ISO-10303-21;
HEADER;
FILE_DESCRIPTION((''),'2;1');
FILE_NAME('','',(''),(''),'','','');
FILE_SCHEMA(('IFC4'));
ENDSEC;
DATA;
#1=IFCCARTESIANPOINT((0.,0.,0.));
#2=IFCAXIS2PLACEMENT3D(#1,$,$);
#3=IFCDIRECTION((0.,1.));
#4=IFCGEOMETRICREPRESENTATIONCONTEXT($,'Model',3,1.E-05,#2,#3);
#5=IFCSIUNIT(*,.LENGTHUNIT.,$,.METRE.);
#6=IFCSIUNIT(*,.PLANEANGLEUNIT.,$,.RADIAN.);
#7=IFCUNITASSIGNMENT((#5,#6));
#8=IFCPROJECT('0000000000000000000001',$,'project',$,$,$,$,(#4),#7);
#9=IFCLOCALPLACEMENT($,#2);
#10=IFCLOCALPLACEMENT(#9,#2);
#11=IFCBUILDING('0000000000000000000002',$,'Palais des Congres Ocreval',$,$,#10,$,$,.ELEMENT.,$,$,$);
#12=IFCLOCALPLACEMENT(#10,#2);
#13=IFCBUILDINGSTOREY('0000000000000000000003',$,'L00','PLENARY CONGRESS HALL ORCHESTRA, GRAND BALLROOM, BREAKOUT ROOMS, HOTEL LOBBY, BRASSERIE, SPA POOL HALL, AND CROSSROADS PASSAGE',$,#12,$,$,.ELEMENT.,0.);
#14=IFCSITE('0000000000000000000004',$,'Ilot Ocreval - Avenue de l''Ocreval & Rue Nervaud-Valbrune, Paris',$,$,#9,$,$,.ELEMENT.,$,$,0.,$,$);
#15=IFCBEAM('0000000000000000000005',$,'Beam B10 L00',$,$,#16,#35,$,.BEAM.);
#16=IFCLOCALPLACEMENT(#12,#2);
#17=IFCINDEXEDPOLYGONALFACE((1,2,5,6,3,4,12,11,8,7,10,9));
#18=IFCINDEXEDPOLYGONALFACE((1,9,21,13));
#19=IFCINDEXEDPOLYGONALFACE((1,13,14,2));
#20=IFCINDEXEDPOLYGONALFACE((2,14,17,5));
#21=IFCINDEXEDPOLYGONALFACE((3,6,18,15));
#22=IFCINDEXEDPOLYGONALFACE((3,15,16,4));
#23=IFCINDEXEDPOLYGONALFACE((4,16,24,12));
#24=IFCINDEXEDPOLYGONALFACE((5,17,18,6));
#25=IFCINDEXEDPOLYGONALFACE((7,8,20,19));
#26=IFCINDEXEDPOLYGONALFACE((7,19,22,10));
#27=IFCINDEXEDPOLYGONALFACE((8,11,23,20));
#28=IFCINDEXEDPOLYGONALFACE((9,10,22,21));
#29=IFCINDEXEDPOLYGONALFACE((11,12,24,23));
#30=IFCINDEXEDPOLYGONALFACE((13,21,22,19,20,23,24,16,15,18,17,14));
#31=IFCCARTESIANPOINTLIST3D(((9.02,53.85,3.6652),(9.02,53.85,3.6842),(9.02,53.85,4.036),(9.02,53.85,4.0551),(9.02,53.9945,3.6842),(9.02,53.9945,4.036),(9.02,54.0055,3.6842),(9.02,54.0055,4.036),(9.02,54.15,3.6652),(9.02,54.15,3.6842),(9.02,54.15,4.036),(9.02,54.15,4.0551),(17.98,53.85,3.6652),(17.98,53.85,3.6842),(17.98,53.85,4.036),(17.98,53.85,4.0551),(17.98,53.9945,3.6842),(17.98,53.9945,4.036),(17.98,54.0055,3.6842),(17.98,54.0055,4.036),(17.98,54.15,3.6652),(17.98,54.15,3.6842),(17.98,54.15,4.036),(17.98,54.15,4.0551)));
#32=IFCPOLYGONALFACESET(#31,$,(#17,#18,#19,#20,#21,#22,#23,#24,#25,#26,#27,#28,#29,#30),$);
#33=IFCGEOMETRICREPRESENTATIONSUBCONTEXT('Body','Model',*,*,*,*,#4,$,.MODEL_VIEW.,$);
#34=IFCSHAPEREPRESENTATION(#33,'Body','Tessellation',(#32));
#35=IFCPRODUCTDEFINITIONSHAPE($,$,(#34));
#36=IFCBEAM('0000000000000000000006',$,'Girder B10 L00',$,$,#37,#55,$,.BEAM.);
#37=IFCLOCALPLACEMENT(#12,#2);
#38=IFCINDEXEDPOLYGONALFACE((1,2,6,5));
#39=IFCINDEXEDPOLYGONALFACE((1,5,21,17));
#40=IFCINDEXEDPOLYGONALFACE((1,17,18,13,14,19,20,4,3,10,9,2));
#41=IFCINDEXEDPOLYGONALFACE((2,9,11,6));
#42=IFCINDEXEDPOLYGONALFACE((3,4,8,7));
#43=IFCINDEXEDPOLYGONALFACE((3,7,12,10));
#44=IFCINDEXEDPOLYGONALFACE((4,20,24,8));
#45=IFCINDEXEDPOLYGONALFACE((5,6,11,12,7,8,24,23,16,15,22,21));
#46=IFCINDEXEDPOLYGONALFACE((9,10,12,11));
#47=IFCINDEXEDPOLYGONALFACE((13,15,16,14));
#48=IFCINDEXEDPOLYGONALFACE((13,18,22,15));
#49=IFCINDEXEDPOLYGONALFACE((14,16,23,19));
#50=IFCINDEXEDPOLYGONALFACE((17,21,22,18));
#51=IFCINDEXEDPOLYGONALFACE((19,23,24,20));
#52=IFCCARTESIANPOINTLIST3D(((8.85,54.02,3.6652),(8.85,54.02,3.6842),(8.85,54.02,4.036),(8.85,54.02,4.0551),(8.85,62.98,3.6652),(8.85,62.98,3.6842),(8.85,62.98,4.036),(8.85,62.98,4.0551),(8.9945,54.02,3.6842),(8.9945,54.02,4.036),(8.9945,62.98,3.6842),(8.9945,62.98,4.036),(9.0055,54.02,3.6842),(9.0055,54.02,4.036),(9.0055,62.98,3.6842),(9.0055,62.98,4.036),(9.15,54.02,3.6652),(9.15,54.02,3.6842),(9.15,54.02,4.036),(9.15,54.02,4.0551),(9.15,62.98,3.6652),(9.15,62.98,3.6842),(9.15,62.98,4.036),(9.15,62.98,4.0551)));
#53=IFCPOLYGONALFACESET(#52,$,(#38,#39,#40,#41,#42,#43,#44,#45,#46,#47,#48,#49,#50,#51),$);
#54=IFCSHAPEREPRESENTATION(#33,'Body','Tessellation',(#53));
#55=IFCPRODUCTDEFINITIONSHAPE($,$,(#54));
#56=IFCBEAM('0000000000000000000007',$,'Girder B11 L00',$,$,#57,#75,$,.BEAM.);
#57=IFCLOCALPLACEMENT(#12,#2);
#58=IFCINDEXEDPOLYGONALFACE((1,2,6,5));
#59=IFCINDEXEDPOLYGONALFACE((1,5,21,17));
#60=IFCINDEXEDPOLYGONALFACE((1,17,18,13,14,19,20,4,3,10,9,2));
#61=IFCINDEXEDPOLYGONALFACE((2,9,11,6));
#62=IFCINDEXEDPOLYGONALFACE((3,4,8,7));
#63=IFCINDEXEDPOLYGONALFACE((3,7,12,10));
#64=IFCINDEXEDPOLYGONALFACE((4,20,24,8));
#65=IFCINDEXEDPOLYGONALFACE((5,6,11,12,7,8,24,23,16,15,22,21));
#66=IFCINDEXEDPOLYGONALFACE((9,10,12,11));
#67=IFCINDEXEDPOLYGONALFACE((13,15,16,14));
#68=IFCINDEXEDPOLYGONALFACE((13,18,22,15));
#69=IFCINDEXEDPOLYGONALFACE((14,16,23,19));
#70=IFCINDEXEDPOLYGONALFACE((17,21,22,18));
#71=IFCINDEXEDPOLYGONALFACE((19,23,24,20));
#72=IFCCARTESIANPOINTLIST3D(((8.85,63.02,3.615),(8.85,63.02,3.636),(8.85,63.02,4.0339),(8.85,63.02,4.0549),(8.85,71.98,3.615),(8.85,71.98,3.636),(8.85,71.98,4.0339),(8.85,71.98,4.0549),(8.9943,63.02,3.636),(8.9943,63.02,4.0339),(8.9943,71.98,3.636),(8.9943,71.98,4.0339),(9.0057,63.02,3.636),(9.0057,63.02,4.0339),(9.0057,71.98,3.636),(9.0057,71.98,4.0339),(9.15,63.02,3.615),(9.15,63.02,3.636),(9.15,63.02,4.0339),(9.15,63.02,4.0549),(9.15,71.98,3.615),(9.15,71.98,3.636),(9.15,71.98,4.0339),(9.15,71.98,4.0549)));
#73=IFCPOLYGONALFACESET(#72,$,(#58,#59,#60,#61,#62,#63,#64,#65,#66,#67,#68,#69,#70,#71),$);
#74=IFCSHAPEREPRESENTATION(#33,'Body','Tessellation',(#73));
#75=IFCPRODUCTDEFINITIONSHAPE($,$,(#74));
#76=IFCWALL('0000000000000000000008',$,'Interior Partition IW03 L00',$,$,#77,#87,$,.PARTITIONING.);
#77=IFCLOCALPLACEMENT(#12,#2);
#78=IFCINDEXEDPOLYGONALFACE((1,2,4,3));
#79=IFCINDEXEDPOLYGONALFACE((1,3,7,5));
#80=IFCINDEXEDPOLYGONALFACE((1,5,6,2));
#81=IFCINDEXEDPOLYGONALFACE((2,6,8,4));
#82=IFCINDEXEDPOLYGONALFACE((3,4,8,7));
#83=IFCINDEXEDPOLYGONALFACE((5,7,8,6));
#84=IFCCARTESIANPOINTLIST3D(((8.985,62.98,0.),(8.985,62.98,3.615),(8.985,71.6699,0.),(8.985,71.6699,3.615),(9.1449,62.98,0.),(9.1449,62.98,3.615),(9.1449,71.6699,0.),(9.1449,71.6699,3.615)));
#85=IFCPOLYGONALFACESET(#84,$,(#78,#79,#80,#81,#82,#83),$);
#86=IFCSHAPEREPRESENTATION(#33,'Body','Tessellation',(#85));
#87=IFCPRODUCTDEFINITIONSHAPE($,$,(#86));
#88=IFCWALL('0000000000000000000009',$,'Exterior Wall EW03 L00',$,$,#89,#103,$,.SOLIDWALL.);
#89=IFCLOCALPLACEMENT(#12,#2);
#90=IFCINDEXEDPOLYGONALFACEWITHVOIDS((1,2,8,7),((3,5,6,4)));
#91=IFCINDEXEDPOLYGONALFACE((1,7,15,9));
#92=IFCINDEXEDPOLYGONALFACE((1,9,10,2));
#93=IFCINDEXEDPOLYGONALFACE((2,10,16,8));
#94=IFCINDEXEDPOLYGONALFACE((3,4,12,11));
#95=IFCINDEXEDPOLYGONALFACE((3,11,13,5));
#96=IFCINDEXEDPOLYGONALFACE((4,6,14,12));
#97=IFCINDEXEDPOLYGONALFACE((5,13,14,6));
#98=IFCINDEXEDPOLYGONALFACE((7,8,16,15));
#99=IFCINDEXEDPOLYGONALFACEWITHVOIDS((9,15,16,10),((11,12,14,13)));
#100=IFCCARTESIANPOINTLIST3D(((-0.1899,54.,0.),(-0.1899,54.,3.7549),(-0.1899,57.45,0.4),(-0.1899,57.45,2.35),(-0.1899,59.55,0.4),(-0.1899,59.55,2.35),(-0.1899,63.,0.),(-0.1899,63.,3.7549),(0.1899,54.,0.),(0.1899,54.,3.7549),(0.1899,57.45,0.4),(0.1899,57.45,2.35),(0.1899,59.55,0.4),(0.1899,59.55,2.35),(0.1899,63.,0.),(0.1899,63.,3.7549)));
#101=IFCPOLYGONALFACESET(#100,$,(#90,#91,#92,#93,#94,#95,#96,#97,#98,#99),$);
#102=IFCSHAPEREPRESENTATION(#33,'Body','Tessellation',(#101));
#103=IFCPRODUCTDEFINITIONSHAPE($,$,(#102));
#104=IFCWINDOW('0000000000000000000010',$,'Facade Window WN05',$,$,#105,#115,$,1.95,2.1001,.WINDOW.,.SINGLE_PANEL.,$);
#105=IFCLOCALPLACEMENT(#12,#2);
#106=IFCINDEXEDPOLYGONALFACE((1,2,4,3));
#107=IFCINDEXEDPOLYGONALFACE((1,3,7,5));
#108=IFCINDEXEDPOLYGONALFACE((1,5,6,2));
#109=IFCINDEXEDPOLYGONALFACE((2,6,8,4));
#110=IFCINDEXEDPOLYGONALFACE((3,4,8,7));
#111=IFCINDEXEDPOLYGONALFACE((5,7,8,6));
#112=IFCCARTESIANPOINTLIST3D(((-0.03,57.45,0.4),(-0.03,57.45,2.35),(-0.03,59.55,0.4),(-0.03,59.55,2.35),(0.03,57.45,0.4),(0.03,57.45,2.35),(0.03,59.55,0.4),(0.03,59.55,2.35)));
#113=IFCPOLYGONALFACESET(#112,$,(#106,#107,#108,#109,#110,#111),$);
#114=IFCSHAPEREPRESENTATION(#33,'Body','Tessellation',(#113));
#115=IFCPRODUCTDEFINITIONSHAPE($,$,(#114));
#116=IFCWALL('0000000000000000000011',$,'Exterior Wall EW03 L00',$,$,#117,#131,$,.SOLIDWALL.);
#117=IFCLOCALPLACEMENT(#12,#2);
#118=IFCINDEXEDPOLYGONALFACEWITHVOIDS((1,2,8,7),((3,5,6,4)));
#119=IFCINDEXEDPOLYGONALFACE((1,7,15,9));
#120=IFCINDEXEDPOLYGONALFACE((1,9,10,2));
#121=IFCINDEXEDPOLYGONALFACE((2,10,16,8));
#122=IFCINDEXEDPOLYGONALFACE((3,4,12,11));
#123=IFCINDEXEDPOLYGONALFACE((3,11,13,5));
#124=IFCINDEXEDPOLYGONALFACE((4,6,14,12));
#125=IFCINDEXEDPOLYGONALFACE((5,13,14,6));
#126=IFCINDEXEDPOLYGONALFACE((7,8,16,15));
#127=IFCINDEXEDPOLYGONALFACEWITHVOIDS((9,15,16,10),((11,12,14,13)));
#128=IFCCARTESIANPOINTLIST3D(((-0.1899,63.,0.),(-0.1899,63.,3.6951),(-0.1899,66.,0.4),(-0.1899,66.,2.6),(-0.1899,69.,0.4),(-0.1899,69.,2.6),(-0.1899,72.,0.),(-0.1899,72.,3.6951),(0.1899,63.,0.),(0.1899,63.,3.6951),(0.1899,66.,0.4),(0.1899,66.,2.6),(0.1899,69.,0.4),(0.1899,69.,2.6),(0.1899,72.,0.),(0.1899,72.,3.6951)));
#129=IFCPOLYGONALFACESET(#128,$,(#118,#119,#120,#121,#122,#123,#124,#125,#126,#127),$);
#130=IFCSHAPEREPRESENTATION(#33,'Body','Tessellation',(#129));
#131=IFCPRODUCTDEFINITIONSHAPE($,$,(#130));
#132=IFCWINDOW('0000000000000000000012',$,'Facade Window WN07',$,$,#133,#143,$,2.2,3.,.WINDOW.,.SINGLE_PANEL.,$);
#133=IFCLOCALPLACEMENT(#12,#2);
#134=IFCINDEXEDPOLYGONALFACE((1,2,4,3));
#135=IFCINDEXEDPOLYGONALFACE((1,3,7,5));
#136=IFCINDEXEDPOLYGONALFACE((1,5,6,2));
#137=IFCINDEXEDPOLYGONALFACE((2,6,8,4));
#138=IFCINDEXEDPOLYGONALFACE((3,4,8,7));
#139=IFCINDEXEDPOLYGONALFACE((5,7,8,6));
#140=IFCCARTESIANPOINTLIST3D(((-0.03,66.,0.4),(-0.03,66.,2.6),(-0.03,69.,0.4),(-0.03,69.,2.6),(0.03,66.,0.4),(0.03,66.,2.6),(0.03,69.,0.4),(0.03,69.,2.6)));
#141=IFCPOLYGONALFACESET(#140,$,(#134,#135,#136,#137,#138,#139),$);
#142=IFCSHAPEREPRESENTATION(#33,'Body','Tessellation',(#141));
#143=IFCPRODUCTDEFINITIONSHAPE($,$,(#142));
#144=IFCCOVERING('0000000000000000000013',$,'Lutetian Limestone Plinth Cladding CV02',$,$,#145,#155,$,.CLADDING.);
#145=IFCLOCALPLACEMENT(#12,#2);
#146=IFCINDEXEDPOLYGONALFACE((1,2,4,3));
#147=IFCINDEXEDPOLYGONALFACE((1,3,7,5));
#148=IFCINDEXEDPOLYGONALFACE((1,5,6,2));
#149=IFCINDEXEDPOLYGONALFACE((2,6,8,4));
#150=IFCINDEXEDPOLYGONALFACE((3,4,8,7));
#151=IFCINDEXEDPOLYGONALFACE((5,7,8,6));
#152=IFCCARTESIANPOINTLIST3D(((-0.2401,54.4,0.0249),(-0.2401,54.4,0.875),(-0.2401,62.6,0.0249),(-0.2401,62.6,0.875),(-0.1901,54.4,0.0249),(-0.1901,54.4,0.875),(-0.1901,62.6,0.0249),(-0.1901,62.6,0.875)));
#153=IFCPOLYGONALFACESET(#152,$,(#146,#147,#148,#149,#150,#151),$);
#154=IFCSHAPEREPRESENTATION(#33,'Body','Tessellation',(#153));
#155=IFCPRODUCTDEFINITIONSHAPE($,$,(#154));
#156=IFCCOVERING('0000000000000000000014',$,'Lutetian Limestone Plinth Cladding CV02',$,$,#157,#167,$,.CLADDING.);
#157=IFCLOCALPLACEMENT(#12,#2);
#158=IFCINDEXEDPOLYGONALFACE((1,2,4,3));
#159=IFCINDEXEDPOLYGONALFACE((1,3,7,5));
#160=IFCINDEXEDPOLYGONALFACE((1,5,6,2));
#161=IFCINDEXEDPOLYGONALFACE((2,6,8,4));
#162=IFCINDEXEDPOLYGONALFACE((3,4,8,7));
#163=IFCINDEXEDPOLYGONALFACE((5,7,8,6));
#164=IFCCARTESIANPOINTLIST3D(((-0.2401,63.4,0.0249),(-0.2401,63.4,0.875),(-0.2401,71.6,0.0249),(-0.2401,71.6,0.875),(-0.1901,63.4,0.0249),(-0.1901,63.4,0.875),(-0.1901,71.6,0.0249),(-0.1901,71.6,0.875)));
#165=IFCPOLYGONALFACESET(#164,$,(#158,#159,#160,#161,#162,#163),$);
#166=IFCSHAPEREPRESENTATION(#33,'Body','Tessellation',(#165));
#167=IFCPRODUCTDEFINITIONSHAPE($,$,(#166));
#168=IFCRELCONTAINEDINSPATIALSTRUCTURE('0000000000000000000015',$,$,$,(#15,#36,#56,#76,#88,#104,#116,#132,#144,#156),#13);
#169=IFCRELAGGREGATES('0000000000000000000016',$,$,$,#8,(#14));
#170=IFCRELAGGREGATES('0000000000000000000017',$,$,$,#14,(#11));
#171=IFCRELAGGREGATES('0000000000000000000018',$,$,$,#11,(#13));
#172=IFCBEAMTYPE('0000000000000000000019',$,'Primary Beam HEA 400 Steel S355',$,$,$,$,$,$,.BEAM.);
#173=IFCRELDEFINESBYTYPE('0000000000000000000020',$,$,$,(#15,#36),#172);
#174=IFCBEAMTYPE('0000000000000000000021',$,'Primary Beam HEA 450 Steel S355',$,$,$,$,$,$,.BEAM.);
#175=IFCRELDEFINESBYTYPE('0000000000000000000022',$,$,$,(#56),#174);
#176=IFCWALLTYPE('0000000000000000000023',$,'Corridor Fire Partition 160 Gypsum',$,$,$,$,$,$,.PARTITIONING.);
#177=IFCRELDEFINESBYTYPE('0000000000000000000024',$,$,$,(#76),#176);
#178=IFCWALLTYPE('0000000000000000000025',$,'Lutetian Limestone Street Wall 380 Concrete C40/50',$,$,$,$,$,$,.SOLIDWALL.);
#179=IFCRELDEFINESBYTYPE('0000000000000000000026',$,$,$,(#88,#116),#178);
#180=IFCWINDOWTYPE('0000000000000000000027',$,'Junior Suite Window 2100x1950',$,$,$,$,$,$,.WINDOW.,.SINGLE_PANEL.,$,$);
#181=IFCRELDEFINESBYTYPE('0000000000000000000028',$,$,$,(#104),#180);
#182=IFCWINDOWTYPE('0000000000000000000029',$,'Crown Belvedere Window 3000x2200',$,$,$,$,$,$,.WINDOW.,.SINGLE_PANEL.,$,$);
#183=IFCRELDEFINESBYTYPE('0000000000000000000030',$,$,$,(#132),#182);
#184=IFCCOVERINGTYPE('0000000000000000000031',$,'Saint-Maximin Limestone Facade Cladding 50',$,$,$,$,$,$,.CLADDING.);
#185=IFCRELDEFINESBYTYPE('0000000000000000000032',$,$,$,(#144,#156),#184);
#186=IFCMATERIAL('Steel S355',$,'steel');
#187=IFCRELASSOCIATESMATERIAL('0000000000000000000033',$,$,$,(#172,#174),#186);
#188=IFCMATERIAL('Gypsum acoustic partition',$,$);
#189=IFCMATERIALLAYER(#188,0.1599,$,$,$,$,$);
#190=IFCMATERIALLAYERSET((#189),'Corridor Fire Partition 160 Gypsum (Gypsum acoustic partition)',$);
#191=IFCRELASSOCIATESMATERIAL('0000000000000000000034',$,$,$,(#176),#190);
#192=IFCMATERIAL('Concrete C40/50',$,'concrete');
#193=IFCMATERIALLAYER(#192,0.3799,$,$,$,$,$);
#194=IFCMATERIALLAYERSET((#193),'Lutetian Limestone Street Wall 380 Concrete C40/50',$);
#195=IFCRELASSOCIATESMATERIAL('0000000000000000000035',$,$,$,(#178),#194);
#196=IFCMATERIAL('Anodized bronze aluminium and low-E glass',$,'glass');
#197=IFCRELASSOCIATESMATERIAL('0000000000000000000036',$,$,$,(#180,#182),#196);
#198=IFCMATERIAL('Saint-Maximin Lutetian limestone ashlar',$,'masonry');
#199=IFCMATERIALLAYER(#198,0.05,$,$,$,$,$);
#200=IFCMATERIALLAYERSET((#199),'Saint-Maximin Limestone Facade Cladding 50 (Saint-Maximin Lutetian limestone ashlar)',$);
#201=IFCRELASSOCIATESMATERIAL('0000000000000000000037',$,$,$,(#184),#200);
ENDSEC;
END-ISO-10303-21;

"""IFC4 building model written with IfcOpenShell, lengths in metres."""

from ifc_helpers import new_model, si_unit, direction, frame, frame_2d, origin, origin_2d, place, context, subcontext, project, spatial, rectangle, i_section, extrude, material, layer, layer_set, material_profile, profile_set, type_object, element, fill, save


model = new_model("IFC4")

# Units and contexts
model_context = context("Model", 3, precision=1e-05, world=origin(), true_north=direction((0.0, 1.0)))
body_context = subcontext(model_context, "Body", "Model", "MODEL_VIEW")
ifc_project = project(units=[si_unit("LENGTHUNIT", "METRE"), si_unit("PLANEANGLEUNIT", "RADIAN")], contexts=[model_context])

# Site, building, storey
site_placement = place(None, origin())
site = spatial("IfcSite", under=ifc_project, at=site_placement, Name="Ilot Ocreval - Avenue de l'Ocreval & Rue Nervaud-Valbrune, Paris", CompositionType="ELEMENT", RefElevation=0.0)
building_placement = place(site_placement, origin())
building = spatial("IfcBuilding", under=site, at=building_placement, Name="Palais des Congres Ocreval", CompositionType="ELEMENT")
storey_placement = place(building_placement, origin())
storey = spatial("IfcBuildingStorey", under=building, at=storey_placement, Name="L00", Description="PLENARY CONGRESS HALL ORCHESTRA, GRAND BALLROOM, BREAKOUT ROOMS, HOTEL LOBBY, BRASSERIE, SPA POOL HALL, AND CROSSROADS PASSAGE", CompositionType="ELEMENT", Elevation=0.0)

# Shared definitions
ifc_material_1 = material(Name="Concrete C40/50", Category="concrete")

# Beams
ifc_material_2 = material(Name="Steel S355", Category="steel")
ifc_material_profile_1 = material_profile(ifc_material_2, i_section(OverallWidth=0.3, OverallDepth=0.3899, WebThickness=0.011, FlangeThickness=0.019, at=origin_2d()), Name="HEA 400")
ifc_profile_set_1 = profile_set([ifc_material_profile_1], Name="Steel S355")
beam_type_1 = type_object("IfcBeamType", Name="Primary Beam HEA 400 Steel S355", PredefinedType="BEAM", material=ifc_profile_set_1)
for number, where, z_axis, x_axis, name in (
    (1, (9.02, 54.0, 3.8601), (1.0, 0.0, 0.0), (0.0, 1.0, 0.0), "Beam B10 L00"),
    (2, (9.0, 54.02, 3.8601), (0.0, 1.0, 0.0), (-1.0, 0.0, 0.0), "Girder B10 L00"),
):
    element("IfcBeam", number, at=place(storey_placement, frame(where, z_axis=z_axis, x_axis=x_axis)), inside=storey, type_object=beam_type_1, Name=name, PredefinedType="BEAM", context=body_context, shape_type="SweptSolid", body=[
        extrude(i_section(OverallWidth=0.3, OverallDepth=0.3899, WebThickness=0.011, FlangeThickness=0.019, at=origin_2d()), origin(), (0.0, 0.0, 1.0), 8.96),
    ])
ifc_material_profile_2 = material_profile(ifc_material_2, i_section(OverallWidth=0.3, OverallDepth=0.4399, WebThickness=0.0115, FlangeThickness=0.021, at=origin_2d()), Name="HEA 450")
ifc_profile_set_2 = profile_set([ifc_material_profile_2], Name="Steel S355")
beam_type_2 = type_object("IfcBeamType", Name="Primary Beam HEA 450 Steel S355", PredefinedType="BEAM", material=ifc_profile_set_2)
beam_1_placement = place(storey_placement, frame((9.0, 63.02, 3.835), z_axis=(0.0, 1.0, 0.0), x_axis=(-1.0, 0.0, 0.0)))
element("IfcBeam", 3, at=beam_1_placement, inside=storey, type_object=beam_type_2, Name="Girder B11 L00", PredefinedType="BEAM", context=body_context, shape_type="SweptSolid", body=[
    extrude(i_section(OverallWidth=0.3, OverallDepth=0.4399, WebThickness=0.0115, FlangeThickness=0.021, at=origin_2d()), origin(), (0.0, 0.0, 1.0), 8.96),
])

# Wall
ifc_material_3 = material(Name="Gypsum acoustic partition")
ifc_layer_1 = layer(ifc_material_3, 0.1599)
ifc_layer_set_1 = layer_set([ifc_layer_1], Name="Corridor Fire Partition 160 Gypsum (Gypsum acoustic partition)")
wall_type_1 = type_object("IfcWallType", Name="Corridor Fire Partition 160 Gypsum", PredefinedType="PARTITIONING", material=ifc_layer_set_1)
wall_1_placement = place(storey_placement, frame((9.0649, 62.98, 0.0), z_axis=(0.0, 0.0, 1.0), x_axis=(0.0, 1.0, 0.0)))
element("IfcWall", 4, at=wall_1_placement, inside=storey, type_object=wall_type_1, Name="Interior Partition IW03 L00", PredefinedType="PARTITIONING", context=body_context, shape_type="SweptSolid", body=[
    extrude(rectangle(XDim=8.6899, YDim=0.1599, at=frame_2d((4.345, 0.0))), origin(), (0.0, 0.0, 1.0), 3.615),
])

# Walls, openings, windows
ifc_layer_2 = layer(ifc_material_1, 0.3799)
ifc_layer_set_2 = layer_set([ifc_layer_2], Name="Lutetian Limestone Street Wall 380 Concrete C40/50")
wall_type_2 = type_object("IfcWallType", Name="Lutetian Limestone Street Wall 380 Concrete C40/50", PredefinedType="SOLIDWALL", material=ifc_layer_set_2)
wall_2_placement = place(storey_placement, frame((0.0, 54.0, 0.0), z_axis=(0.0, 0.0, 1.0), x_axis=(0.0, 1.0, 0.0)))
wall_2 = element("IfcWall", 5, at=wall_2_placement, inside=storey, type_object=wall_type_2, Name="Exterior Wall EW03 L00", PredefinedType="SOLIDWALL", context=body_context, shape_type="SweptSolid", body=[
    extrude(rectangle(XDim=9.0, YDim=0.3799, at=frame_2d((4.5, 0.0))), origin(), (0.0, 0.0, 1.0), 3.7549),
])
opening_1_placement = place(wall_2_placement, frame((3.45, 0.0, 0.3999)))
opening_1 = element("IfcOpeningElement", 6, at=opening_1_placement, cuts=wall_2, PredefinedType="OPENING", context=body_context, shape_type="SweptSolid", body=[
    extrude(rectangle(XDim=2.1001, YDim=1.95, at=frame_2d((1.05, 0.9751))), frame((0.0, 0.2, 0.0), z_axis=(0.0, -1.0, 0.0), x_axis=(1.0, 0.0, 0.0)), (0.0, 0.0, 1.0), 0.3999),
])
ifc_material_4 = material(Name="Anodized bronze aluminium and low-E glass", Category="glass")
window_type_1 = type_object("IfcWindowType", Name="Junior Suite Window 2100x1950", PartitioningType="SINGLE_PANEL", PredefinedType="WINDOW", material=ifc_material_4)
window_1_placement = place(opening_1_placement, origin())
window_1 = element("IfcWindow", 7, at=window_1_placement, inside=storey, type_object=window_type_1, Name="Facade Window WN05", OverallHeight=1.95, OverallWidth=2.1001, PartitioningType="SINGLE_PANEL", PredefinedType="WINDOW", context=body_context, shape_type="SweptSolid", body=[
    extrude(rectangle(XDim=2.1001, YDim=1.95, at=frame_2d((1.05, 0.9751))), frame((0.0, 0.03, 0.0), z_axis=(0.0, -1.0, 0.0), x_axis=(1.0, 0.0, 0.0)), (0.0, 0.0, 1.0), 0.0601),
])
fill(opening_1, window_1)
wall_3_placement = place(storey_placement, frame((0.0, 63.0, 0.0), z_axis=(0.0, 0.0, 1.0), x_axis=(0.0, 1.0, 0.0)))
wall_3 = element("IfcWall", 8, at=wall_3_placement, inside=storey, type_object=wall_type_2, Name="Exterior Wall EW03 L00", PredefinedType="SOLIDWALL", context=body_context, shape_type="SweptSolid", body=[
    extrude(rectangle(XDim=9.0, YDim=0.3799, at=frame_2d((4.5, 0.0))), origin(), (0.0, 0.0, 1.0), 3.6951),
])
opening_2_placement = place(wall_3_placement, frame((3.0, 0.0, 0.3999)))
opening_2 = element("IfcOpeningElement", 9, at=opening_2_placement, cuts=wall_3, PredefinedType="OPENING", context=body_context, shape_type="SweptSolid", body=[
    extrude(rectangle(XDim=3.0, YDim=2.2, at=frame_2d((1.5, 1.1001))), frame((0.0, 0.2, 0.0), z_axis=(0.0, -1.0, 0.0), x_axis=(1.0, 0.0, 0.0)), (0.0, 0.0, 1.0), 0.3999),
])
window_type_2 = type_object("IfcWindowType", Name="Crown Belvedere Window 3000x2200", PartitioningType="SINGLE_PANEL", PredefinedType="WINDOW", material=ifc_material_4)
window_2_placement = place(opening_2_placement, origin())
window_2 = element("IfcWindow", 10, at=window_2_placement, inside=storey, type_object=window_type_2, Name="Facade Window WN07", OverallHeight=2.2, OverallWidth=3.0, PartitioningType="SINGLE_PANEL", PredefinedType="WINDOW", context=body_context, shape_type="SweptSolid", body=[
    extrude(rectangle(XDim=3.0, YDim=2.2, at=frame_2d((1.5, 1.1001))), frame((0.0, 0.03, 0.0), z_axis=(0.0, -1.0, 0.0), x_axis=(1.0, 0.0, 0.0)), (0.0, 0.0, 1.0), 0.0601),
])
fill(opening_2, window_2)

# Coverings
ifc_material_5 = material(Name="Saint-Maximin Lutetian limestone ashlar", Category="masonry")
ifc_layer_3 = layer(ifc_material_5, 0.05)
ifc_layer_set_3 = layer_set([ifc_layer_3], Name="Saint-Maximin Limestone Facade Cladding 50 (Saint-Maximin Lutetian limestone ashlar)")
covering_type = type_object("IfcCoveringType", Name="Saint-Maximin Limestone Facade Cladding 50", PredefinedType="CLADDING", material=ifc_layer_set_3)
for number, where, z_axis, x_axis, name in (
    (11, (-0.2151, 58.5, 0.0249), (0.0, 0.0, 1.0), (0.0, 1.0, 0.0), "Lutetian Limestone Plinth Cladding CV02"),
    (12, (-0.2151, 67.5, 0.0249), (0.0, 0.0, 1.0), (0.0, 1.0, 0.0), "Lutetian Limestone Plinth Cladding CV02"),
):
    element("IfcCovering", number, at=place(storey_placement, frame(where, z_axis=z_axis, x_axis=x_axis)), inside=storey, type_object=covering_type, Name=name, PredefinedType="CLADDING", context=body_context, shape_type="SweptSolid", body=[
        extrude(rectangle(XDim=8.2, YDim=0.05, at=origin_2d()), origin(), (0.0, 0.0, 1.0), 0.8501),
    ])

save(model, "model.ifc")
